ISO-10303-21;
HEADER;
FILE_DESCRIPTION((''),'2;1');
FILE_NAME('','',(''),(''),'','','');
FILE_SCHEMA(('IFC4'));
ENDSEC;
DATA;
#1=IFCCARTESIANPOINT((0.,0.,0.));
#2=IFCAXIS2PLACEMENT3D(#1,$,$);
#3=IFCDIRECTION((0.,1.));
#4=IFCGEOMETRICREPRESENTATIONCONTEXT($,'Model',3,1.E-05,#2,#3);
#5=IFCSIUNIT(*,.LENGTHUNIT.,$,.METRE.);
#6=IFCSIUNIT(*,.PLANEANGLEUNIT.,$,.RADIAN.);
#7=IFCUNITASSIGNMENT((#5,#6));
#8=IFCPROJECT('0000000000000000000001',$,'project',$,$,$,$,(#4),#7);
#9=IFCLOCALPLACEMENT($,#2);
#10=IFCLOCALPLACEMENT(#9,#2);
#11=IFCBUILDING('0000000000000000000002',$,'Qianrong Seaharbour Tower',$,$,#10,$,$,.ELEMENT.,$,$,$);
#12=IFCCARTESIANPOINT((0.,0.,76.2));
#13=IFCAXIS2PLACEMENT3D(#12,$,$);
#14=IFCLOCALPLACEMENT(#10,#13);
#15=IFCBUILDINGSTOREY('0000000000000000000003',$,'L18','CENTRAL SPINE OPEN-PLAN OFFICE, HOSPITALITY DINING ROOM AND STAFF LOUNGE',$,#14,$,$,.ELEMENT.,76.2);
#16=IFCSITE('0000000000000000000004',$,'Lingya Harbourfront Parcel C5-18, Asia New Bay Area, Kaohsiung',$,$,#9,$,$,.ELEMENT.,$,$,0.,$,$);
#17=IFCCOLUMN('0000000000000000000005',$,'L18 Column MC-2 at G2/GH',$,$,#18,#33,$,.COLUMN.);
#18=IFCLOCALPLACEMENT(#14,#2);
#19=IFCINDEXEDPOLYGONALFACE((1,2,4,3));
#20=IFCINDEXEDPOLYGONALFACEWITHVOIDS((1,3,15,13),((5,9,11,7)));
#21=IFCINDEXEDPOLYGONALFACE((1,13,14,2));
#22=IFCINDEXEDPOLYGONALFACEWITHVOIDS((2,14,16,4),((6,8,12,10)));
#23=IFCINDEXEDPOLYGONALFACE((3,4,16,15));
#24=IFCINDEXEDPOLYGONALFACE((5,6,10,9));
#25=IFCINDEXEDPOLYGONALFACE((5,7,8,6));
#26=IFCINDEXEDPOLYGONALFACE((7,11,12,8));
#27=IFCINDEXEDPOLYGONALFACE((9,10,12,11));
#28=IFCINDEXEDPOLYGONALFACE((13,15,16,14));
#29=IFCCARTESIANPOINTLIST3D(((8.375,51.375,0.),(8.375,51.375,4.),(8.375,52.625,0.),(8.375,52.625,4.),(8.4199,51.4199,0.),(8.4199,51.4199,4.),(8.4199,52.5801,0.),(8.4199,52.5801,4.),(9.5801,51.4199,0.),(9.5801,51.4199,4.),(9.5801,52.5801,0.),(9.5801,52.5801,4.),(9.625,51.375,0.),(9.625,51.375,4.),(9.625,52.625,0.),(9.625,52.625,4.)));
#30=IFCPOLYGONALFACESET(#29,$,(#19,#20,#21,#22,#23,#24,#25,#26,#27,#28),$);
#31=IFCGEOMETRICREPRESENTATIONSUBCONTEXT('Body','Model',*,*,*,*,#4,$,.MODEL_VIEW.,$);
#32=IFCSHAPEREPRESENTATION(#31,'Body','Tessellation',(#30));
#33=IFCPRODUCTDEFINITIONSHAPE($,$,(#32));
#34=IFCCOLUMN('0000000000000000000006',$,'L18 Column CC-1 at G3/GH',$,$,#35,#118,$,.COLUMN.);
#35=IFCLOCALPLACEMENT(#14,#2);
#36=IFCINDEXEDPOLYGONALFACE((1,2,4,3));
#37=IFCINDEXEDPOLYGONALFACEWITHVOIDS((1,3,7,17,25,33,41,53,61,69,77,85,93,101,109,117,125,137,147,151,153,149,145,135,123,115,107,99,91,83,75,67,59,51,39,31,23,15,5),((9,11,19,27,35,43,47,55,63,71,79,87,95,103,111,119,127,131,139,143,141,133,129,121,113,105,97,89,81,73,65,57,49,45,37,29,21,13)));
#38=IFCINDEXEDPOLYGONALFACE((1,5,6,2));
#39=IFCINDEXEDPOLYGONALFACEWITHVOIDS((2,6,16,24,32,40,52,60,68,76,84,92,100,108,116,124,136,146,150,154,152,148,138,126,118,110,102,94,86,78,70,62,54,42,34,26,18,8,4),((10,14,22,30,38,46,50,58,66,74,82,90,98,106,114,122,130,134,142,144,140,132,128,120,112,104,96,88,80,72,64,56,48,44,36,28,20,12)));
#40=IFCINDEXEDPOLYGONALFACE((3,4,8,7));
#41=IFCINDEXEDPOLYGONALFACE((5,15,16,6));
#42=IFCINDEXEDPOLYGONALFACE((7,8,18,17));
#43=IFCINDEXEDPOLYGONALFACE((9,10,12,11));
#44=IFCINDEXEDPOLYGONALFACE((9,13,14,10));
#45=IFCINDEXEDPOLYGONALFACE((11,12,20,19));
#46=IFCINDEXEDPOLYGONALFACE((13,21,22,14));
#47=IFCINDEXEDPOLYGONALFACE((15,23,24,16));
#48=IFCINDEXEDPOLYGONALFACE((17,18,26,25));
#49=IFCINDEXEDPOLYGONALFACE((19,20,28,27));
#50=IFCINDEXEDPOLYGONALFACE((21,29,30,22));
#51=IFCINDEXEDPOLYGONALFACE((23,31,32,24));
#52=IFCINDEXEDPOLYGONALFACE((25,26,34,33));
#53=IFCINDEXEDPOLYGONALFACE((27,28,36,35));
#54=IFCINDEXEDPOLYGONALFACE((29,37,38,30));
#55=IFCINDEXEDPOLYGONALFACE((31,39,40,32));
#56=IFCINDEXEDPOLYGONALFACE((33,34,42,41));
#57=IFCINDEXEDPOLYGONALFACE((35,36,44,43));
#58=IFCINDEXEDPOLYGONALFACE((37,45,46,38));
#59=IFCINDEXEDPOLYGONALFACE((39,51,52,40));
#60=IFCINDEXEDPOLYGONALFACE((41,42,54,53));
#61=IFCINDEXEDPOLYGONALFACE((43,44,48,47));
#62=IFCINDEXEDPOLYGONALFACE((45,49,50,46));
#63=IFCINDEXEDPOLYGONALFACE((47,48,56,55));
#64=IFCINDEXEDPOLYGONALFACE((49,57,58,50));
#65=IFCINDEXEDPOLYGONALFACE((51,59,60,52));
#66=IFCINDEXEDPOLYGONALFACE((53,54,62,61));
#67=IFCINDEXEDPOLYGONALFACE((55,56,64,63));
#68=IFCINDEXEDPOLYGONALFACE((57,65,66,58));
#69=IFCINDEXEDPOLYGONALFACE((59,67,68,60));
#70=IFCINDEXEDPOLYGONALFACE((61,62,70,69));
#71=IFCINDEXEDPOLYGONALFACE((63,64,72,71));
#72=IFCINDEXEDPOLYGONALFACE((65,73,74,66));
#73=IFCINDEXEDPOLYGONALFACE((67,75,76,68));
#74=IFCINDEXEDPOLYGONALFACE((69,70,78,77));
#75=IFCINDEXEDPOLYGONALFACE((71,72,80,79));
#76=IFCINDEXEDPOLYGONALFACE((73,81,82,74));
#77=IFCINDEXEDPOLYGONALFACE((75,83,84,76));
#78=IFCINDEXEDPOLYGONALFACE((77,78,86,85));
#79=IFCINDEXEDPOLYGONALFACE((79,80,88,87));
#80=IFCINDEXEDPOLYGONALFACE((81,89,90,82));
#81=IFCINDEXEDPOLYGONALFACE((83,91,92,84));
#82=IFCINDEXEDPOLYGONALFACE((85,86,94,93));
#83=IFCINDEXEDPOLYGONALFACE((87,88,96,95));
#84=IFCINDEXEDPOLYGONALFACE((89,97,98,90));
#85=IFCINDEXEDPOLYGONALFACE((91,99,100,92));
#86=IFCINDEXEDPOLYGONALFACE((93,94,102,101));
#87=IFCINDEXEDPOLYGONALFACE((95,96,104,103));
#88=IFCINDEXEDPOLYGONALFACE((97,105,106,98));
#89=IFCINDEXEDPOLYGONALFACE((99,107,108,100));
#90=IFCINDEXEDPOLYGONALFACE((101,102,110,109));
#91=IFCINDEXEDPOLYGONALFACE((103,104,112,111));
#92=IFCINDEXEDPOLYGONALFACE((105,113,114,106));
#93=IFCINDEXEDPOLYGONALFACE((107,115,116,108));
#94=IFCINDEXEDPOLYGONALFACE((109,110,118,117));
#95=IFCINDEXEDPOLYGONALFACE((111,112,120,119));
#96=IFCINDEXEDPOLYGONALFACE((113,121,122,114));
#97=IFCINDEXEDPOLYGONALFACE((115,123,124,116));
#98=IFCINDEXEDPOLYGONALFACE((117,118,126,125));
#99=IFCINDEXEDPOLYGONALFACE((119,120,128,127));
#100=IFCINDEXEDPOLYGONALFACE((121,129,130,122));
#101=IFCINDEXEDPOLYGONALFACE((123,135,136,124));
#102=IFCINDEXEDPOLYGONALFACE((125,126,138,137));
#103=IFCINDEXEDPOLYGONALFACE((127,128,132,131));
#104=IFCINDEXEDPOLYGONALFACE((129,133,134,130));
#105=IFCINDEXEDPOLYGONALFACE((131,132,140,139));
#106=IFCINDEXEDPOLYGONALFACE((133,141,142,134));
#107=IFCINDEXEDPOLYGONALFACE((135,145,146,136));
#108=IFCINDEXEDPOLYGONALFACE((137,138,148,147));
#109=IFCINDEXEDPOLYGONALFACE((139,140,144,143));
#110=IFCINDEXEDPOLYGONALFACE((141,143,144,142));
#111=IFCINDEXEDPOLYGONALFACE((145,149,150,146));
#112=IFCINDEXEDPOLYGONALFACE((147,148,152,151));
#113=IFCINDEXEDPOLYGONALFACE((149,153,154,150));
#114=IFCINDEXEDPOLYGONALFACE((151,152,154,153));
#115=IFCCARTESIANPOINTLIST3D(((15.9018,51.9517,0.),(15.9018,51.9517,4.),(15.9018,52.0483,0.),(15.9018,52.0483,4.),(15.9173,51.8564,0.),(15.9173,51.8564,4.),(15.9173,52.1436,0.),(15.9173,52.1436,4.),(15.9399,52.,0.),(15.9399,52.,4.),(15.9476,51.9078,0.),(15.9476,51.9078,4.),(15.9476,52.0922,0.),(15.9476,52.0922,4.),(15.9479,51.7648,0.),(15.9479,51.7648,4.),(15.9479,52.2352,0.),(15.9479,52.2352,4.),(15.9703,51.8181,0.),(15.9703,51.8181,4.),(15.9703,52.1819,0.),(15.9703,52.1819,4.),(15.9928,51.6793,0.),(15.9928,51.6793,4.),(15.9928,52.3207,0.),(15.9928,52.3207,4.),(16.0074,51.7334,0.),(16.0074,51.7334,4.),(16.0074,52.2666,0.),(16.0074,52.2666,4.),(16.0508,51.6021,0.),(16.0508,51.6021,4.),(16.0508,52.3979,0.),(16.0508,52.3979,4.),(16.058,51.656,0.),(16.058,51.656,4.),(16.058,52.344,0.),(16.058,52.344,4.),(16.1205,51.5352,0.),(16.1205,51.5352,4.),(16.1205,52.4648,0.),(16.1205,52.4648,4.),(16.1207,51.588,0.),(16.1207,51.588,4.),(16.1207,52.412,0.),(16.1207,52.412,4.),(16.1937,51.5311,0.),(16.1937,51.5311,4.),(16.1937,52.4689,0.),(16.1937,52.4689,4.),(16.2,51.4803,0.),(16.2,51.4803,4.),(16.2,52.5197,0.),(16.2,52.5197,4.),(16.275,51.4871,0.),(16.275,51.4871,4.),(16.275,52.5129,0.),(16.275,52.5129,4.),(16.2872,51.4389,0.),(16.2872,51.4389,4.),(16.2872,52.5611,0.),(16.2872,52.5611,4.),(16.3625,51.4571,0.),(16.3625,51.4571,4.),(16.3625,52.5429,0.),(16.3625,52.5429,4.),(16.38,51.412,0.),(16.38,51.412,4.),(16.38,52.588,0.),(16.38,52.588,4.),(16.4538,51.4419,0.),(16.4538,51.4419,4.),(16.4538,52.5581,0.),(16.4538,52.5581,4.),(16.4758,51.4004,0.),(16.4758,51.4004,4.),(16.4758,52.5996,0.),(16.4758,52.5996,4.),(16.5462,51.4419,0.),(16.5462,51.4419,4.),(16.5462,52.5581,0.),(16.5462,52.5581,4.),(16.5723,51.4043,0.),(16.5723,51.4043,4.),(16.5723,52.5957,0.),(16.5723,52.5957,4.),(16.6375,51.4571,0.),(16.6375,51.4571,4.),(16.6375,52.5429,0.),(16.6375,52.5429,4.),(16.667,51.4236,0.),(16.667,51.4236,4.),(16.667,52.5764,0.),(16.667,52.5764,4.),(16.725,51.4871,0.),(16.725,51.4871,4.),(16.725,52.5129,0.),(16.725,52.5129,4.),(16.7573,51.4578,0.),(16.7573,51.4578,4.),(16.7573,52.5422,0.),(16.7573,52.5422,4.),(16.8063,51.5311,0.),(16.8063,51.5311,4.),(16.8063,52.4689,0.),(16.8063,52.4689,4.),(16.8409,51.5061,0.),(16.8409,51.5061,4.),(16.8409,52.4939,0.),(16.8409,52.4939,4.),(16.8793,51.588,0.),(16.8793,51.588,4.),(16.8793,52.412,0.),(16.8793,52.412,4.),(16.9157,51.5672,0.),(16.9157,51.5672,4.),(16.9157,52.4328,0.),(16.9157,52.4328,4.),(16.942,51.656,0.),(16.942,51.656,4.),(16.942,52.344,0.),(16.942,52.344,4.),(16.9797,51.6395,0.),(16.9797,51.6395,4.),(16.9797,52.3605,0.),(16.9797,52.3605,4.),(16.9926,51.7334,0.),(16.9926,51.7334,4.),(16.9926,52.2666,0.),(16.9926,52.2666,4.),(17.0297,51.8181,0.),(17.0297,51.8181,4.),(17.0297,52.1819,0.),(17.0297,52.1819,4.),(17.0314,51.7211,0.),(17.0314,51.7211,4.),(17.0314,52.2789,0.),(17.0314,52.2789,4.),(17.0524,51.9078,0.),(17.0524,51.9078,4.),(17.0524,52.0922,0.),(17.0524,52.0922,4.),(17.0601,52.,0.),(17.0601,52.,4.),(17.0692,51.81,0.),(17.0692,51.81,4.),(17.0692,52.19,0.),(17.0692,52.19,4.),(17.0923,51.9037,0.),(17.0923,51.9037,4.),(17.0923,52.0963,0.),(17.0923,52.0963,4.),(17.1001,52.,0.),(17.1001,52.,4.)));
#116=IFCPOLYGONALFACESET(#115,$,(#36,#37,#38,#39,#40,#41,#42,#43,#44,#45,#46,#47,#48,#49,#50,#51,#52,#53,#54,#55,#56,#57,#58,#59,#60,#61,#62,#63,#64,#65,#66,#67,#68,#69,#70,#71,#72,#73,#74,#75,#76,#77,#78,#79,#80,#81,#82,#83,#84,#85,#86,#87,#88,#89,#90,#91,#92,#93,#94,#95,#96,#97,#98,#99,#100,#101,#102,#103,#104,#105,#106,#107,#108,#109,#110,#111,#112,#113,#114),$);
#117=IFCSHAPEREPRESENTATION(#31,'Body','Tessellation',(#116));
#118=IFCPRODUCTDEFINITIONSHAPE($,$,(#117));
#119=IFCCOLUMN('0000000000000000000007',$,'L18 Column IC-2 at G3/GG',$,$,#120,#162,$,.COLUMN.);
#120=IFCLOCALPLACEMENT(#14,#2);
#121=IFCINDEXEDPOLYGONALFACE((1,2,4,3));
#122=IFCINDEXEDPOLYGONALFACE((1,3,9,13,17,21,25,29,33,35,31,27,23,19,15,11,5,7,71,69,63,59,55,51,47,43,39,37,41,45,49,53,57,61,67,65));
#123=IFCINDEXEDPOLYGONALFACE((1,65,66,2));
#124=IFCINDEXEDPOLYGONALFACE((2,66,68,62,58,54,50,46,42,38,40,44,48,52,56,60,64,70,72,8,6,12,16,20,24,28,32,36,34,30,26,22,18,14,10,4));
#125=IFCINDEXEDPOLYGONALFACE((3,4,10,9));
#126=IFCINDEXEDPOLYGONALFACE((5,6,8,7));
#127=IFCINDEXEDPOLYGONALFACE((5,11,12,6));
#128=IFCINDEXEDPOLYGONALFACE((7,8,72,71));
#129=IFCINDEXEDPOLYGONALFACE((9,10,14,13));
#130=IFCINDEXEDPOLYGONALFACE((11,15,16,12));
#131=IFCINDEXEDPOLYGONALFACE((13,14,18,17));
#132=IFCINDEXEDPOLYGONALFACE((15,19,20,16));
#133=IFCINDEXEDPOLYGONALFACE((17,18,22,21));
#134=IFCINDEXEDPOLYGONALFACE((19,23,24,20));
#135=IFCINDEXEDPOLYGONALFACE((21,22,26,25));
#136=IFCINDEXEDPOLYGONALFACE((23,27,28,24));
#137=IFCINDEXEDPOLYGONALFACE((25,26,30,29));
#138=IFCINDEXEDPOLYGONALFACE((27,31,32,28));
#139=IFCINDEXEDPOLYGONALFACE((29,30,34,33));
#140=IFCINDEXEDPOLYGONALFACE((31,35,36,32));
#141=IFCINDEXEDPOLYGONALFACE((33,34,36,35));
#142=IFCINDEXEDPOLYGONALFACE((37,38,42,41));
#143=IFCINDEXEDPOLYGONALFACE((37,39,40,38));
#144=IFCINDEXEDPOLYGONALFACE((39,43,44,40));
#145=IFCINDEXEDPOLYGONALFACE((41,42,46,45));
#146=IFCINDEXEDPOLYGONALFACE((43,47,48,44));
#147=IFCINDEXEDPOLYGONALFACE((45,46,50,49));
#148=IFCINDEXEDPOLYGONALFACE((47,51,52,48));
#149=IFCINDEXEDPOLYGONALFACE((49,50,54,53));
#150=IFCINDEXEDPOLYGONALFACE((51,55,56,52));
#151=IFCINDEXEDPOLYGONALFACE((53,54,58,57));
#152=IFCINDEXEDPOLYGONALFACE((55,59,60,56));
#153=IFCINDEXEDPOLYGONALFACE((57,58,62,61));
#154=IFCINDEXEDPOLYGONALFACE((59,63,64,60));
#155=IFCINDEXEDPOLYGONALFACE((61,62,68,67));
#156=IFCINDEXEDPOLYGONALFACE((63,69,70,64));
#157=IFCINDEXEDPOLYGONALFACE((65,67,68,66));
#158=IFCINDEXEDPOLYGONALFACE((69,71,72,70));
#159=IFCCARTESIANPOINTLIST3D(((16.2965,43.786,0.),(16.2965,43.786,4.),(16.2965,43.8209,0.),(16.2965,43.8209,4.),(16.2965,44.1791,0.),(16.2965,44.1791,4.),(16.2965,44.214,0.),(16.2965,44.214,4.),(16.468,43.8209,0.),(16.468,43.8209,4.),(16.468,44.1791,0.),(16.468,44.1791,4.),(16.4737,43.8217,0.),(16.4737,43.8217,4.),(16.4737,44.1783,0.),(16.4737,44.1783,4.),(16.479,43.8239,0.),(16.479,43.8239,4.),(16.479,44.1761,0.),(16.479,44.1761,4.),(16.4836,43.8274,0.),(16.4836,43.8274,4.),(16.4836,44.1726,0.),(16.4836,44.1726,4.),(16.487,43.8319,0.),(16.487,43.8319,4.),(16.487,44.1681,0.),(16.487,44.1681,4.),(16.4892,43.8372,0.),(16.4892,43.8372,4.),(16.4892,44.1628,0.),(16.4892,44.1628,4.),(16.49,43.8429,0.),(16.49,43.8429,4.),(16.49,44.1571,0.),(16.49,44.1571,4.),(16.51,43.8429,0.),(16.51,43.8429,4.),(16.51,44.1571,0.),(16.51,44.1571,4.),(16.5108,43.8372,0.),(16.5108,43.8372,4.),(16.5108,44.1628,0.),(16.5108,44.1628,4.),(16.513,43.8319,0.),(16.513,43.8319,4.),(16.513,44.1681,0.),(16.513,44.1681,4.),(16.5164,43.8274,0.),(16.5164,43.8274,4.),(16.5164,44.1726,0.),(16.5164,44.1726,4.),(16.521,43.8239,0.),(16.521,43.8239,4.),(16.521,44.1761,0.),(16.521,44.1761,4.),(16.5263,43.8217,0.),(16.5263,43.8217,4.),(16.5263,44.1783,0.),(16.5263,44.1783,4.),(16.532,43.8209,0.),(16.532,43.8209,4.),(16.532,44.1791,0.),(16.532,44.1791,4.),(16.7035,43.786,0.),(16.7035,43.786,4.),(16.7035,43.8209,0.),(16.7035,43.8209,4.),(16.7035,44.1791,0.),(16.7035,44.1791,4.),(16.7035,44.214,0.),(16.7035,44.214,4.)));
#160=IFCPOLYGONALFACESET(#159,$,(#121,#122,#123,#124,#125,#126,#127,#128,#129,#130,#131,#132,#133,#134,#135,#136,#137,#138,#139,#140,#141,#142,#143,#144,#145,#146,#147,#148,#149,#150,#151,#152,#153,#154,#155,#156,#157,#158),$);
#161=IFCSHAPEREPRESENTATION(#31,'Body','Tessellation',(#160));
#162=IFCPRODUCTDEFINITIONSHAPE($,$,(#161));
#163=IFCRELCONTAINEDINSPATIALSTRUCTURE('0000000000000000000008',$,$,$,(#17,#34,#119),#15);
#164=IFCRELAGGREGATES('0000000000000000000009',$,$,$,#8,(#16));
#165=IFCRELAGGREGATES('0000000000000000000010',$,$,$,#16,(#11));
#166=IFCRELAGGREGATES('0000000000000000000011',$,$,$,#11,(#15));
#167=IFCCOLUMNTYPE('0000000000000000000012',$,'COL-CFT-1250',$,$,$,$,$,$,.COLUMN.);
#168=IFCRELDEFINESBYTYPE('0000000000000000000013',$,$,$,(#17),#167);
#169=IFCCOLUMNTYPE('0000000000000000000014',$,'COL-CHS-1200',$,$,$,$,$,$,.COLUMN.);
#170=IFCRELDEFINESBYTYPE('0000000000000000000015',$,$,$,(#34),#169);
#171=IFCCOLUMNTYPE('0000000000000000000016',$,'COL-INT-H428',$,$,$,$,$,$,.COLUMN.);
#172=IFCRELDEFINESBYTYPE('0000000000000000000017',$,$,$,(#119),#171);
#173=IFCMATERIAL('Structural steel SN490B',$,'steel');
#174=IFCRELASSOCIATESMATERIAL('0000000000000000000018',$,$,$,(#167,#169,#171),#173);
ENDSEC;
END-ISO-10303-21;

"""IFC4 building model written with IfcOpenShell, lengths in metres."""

from ifc_helpers import new_model, si_unit, direction, frame, origin, origin_2d, place, context, subcontext, project, spatial, hollow_rectangle, hollow_circle, i_section, extrude, material, material_profile, profile_set, type_object, element, save


model = new_model("IFC4")

# Units and contexts
model_context = context("Model", 3, precision=1e-05, world=origin(), true_north=direction((0.0, 1.0)))
body_context = subcontext(model_context, "Body", "Model", "MODEL_VIEW")
ifc_project = project(units=[si_unit("LENGTHUNIT", "METRE"), si_unit("PLANEANGLEUNIT", "RADIAN")], contexts=[model_context])

# Site, building, storey
site_placement = place(None, origin())
site = spatial("IfcSite", under=ifc_project, at=site_placement, Name="Lingya Harbourfront Parcel C5-18, Asia New Bay Area, Kaohsiung", CompositionType="ELEMENT", RefElevation=0.0)
building_placement = place(site_placement, origin())
building = spatial("IfcBuilding", under=site, at=building_placement, Name="Qianrong Seaharbour Tower", CompositionType="ELEMENT")
storey_placement = place(building_placement, frame((0.0, 0.0, 76.2)))
storey = spatial("IfcBuildingStorey", under=building, at=storey_placement, Name="L18", Description="CENTRAL SPINE OPEN-PLAN OFFICE, HOSPITALITY DINING ROOM AND STAFF LOUNGE", CompositionType="ELEMENT", Elevation=76.2)

# Columns
ifc_material_1 = material(Name="Structural steel SN490B", Category="steel")
ifc_material_profile_1 = material_profile(ifc_material_1, hollow_rectangle(XDim=1.25, YDim=1.25, WallThickness=0.0449, at=origin_2d()), Name="BOX1250x1250x45")
ifc_profile_set_1 = profile_set([ifc_material_profile_1], Name="Structural steel SN490B")
column_type_1 = type_object("IfcColumnType", Name="COL-CFT-1250", PredefinedType="COLUMN", material=ifc_profile_set_1)
column_1_placement = place(storey_placement, frame((9.0, 52.0, 0.0), z_axis=(0.0, 0.0, 1.0), x_axis=(1.0, 0.0, 0.0)))
element("IfcColumn", 1, at=column_1_placement, inside=storey, type_object=column_type_1, Name="L18 Column MC-2 at G2/GH", PredefinedType="COLUMN", context=body_context, shape_type="SweptSolid", body=[
    extrude(hollow_rectangle(XDim=1.25, YDim=1.25, WallThickness=0.0449, at=origin_2d()), origin(), (0.0, 0.0, 1.0), 4.0),
])
ifc_material_profile_2 = material_profile(ifc_material_1, hollow_circle(Radius=0.6001, WallThickness=0.04, at=origin_2d()), Name="CHS1200x40")
ifc_profile_set_2 = profile_set([ifc_material_profile_2], Name="Structural steel SN490B")
column_type_2 = type_object("IfcColumnType", Name="COL-CHS-1200", PredefinedType="COLUMN", material=ifc_profile_set_2)
column_2_placement = place(storey_placement, frame((16.5, 52.0, 0.0), z_axis=(0.0, 0.0, 1.0), x_axis=(1.0, 0.0, 0.0)))
element("IfcColumn", 2, at=column_2_placement, inside=storey, type_object=column_type_2, Name="L18 Column CC-1 at G3/GH", PredefinedType="COLUMN", context=body_context, shape_type="SweptSolid", body=[
    extrude(hollow_circle(Radius=0.6001, WallThickness=0.04, at=origin_2d()), origin(), (0.0, 0.0, 1.0), 4.0),
])
ifc_material_profile_3 = material_profile(ifc_material_1, i_section(OverallWidth=0.407, OverallDepth=0.428, WebThickness=0.02, FlangeThickness=0.0349, FilletRadius=0.022, at=origin_2d()), Name="H428x407x20x35")
ifc_profile_set_3 = profile_set([ifc_material_profile_3], Name="Structural steel SN490B")
column_type_3 = type_object("IfcColumnType", Name="COL-INT-H428", PredefinedType="COLUMN", material=ifc_profile_set_3)
column_3_placement = place(storey_placement, frame((16.5, 44.0, 0.0), z_axis=(0.0, 0.0, 1.0), x_axis=(1.0, 0.0, 0.0)))
element("IfcColumn", 3, at=column_3_placement, inside=storey, type_object=column_type_3, Name="L18 Column IC-2 at G3/GG", PredefinedType="COLUMN", context=body_context, shape_type="SweptSolid", body=[
    extrude(i_section(OverallWidth=0.407, OverallDepth=0.428, WebThickness=0.02, FlangeThickness=0.0349, FilletRadius=0.022, at=origin_2d()), origin(), (0.0, 0.0, 1.0), 4.0),
])

save(model, "model.ifc")
